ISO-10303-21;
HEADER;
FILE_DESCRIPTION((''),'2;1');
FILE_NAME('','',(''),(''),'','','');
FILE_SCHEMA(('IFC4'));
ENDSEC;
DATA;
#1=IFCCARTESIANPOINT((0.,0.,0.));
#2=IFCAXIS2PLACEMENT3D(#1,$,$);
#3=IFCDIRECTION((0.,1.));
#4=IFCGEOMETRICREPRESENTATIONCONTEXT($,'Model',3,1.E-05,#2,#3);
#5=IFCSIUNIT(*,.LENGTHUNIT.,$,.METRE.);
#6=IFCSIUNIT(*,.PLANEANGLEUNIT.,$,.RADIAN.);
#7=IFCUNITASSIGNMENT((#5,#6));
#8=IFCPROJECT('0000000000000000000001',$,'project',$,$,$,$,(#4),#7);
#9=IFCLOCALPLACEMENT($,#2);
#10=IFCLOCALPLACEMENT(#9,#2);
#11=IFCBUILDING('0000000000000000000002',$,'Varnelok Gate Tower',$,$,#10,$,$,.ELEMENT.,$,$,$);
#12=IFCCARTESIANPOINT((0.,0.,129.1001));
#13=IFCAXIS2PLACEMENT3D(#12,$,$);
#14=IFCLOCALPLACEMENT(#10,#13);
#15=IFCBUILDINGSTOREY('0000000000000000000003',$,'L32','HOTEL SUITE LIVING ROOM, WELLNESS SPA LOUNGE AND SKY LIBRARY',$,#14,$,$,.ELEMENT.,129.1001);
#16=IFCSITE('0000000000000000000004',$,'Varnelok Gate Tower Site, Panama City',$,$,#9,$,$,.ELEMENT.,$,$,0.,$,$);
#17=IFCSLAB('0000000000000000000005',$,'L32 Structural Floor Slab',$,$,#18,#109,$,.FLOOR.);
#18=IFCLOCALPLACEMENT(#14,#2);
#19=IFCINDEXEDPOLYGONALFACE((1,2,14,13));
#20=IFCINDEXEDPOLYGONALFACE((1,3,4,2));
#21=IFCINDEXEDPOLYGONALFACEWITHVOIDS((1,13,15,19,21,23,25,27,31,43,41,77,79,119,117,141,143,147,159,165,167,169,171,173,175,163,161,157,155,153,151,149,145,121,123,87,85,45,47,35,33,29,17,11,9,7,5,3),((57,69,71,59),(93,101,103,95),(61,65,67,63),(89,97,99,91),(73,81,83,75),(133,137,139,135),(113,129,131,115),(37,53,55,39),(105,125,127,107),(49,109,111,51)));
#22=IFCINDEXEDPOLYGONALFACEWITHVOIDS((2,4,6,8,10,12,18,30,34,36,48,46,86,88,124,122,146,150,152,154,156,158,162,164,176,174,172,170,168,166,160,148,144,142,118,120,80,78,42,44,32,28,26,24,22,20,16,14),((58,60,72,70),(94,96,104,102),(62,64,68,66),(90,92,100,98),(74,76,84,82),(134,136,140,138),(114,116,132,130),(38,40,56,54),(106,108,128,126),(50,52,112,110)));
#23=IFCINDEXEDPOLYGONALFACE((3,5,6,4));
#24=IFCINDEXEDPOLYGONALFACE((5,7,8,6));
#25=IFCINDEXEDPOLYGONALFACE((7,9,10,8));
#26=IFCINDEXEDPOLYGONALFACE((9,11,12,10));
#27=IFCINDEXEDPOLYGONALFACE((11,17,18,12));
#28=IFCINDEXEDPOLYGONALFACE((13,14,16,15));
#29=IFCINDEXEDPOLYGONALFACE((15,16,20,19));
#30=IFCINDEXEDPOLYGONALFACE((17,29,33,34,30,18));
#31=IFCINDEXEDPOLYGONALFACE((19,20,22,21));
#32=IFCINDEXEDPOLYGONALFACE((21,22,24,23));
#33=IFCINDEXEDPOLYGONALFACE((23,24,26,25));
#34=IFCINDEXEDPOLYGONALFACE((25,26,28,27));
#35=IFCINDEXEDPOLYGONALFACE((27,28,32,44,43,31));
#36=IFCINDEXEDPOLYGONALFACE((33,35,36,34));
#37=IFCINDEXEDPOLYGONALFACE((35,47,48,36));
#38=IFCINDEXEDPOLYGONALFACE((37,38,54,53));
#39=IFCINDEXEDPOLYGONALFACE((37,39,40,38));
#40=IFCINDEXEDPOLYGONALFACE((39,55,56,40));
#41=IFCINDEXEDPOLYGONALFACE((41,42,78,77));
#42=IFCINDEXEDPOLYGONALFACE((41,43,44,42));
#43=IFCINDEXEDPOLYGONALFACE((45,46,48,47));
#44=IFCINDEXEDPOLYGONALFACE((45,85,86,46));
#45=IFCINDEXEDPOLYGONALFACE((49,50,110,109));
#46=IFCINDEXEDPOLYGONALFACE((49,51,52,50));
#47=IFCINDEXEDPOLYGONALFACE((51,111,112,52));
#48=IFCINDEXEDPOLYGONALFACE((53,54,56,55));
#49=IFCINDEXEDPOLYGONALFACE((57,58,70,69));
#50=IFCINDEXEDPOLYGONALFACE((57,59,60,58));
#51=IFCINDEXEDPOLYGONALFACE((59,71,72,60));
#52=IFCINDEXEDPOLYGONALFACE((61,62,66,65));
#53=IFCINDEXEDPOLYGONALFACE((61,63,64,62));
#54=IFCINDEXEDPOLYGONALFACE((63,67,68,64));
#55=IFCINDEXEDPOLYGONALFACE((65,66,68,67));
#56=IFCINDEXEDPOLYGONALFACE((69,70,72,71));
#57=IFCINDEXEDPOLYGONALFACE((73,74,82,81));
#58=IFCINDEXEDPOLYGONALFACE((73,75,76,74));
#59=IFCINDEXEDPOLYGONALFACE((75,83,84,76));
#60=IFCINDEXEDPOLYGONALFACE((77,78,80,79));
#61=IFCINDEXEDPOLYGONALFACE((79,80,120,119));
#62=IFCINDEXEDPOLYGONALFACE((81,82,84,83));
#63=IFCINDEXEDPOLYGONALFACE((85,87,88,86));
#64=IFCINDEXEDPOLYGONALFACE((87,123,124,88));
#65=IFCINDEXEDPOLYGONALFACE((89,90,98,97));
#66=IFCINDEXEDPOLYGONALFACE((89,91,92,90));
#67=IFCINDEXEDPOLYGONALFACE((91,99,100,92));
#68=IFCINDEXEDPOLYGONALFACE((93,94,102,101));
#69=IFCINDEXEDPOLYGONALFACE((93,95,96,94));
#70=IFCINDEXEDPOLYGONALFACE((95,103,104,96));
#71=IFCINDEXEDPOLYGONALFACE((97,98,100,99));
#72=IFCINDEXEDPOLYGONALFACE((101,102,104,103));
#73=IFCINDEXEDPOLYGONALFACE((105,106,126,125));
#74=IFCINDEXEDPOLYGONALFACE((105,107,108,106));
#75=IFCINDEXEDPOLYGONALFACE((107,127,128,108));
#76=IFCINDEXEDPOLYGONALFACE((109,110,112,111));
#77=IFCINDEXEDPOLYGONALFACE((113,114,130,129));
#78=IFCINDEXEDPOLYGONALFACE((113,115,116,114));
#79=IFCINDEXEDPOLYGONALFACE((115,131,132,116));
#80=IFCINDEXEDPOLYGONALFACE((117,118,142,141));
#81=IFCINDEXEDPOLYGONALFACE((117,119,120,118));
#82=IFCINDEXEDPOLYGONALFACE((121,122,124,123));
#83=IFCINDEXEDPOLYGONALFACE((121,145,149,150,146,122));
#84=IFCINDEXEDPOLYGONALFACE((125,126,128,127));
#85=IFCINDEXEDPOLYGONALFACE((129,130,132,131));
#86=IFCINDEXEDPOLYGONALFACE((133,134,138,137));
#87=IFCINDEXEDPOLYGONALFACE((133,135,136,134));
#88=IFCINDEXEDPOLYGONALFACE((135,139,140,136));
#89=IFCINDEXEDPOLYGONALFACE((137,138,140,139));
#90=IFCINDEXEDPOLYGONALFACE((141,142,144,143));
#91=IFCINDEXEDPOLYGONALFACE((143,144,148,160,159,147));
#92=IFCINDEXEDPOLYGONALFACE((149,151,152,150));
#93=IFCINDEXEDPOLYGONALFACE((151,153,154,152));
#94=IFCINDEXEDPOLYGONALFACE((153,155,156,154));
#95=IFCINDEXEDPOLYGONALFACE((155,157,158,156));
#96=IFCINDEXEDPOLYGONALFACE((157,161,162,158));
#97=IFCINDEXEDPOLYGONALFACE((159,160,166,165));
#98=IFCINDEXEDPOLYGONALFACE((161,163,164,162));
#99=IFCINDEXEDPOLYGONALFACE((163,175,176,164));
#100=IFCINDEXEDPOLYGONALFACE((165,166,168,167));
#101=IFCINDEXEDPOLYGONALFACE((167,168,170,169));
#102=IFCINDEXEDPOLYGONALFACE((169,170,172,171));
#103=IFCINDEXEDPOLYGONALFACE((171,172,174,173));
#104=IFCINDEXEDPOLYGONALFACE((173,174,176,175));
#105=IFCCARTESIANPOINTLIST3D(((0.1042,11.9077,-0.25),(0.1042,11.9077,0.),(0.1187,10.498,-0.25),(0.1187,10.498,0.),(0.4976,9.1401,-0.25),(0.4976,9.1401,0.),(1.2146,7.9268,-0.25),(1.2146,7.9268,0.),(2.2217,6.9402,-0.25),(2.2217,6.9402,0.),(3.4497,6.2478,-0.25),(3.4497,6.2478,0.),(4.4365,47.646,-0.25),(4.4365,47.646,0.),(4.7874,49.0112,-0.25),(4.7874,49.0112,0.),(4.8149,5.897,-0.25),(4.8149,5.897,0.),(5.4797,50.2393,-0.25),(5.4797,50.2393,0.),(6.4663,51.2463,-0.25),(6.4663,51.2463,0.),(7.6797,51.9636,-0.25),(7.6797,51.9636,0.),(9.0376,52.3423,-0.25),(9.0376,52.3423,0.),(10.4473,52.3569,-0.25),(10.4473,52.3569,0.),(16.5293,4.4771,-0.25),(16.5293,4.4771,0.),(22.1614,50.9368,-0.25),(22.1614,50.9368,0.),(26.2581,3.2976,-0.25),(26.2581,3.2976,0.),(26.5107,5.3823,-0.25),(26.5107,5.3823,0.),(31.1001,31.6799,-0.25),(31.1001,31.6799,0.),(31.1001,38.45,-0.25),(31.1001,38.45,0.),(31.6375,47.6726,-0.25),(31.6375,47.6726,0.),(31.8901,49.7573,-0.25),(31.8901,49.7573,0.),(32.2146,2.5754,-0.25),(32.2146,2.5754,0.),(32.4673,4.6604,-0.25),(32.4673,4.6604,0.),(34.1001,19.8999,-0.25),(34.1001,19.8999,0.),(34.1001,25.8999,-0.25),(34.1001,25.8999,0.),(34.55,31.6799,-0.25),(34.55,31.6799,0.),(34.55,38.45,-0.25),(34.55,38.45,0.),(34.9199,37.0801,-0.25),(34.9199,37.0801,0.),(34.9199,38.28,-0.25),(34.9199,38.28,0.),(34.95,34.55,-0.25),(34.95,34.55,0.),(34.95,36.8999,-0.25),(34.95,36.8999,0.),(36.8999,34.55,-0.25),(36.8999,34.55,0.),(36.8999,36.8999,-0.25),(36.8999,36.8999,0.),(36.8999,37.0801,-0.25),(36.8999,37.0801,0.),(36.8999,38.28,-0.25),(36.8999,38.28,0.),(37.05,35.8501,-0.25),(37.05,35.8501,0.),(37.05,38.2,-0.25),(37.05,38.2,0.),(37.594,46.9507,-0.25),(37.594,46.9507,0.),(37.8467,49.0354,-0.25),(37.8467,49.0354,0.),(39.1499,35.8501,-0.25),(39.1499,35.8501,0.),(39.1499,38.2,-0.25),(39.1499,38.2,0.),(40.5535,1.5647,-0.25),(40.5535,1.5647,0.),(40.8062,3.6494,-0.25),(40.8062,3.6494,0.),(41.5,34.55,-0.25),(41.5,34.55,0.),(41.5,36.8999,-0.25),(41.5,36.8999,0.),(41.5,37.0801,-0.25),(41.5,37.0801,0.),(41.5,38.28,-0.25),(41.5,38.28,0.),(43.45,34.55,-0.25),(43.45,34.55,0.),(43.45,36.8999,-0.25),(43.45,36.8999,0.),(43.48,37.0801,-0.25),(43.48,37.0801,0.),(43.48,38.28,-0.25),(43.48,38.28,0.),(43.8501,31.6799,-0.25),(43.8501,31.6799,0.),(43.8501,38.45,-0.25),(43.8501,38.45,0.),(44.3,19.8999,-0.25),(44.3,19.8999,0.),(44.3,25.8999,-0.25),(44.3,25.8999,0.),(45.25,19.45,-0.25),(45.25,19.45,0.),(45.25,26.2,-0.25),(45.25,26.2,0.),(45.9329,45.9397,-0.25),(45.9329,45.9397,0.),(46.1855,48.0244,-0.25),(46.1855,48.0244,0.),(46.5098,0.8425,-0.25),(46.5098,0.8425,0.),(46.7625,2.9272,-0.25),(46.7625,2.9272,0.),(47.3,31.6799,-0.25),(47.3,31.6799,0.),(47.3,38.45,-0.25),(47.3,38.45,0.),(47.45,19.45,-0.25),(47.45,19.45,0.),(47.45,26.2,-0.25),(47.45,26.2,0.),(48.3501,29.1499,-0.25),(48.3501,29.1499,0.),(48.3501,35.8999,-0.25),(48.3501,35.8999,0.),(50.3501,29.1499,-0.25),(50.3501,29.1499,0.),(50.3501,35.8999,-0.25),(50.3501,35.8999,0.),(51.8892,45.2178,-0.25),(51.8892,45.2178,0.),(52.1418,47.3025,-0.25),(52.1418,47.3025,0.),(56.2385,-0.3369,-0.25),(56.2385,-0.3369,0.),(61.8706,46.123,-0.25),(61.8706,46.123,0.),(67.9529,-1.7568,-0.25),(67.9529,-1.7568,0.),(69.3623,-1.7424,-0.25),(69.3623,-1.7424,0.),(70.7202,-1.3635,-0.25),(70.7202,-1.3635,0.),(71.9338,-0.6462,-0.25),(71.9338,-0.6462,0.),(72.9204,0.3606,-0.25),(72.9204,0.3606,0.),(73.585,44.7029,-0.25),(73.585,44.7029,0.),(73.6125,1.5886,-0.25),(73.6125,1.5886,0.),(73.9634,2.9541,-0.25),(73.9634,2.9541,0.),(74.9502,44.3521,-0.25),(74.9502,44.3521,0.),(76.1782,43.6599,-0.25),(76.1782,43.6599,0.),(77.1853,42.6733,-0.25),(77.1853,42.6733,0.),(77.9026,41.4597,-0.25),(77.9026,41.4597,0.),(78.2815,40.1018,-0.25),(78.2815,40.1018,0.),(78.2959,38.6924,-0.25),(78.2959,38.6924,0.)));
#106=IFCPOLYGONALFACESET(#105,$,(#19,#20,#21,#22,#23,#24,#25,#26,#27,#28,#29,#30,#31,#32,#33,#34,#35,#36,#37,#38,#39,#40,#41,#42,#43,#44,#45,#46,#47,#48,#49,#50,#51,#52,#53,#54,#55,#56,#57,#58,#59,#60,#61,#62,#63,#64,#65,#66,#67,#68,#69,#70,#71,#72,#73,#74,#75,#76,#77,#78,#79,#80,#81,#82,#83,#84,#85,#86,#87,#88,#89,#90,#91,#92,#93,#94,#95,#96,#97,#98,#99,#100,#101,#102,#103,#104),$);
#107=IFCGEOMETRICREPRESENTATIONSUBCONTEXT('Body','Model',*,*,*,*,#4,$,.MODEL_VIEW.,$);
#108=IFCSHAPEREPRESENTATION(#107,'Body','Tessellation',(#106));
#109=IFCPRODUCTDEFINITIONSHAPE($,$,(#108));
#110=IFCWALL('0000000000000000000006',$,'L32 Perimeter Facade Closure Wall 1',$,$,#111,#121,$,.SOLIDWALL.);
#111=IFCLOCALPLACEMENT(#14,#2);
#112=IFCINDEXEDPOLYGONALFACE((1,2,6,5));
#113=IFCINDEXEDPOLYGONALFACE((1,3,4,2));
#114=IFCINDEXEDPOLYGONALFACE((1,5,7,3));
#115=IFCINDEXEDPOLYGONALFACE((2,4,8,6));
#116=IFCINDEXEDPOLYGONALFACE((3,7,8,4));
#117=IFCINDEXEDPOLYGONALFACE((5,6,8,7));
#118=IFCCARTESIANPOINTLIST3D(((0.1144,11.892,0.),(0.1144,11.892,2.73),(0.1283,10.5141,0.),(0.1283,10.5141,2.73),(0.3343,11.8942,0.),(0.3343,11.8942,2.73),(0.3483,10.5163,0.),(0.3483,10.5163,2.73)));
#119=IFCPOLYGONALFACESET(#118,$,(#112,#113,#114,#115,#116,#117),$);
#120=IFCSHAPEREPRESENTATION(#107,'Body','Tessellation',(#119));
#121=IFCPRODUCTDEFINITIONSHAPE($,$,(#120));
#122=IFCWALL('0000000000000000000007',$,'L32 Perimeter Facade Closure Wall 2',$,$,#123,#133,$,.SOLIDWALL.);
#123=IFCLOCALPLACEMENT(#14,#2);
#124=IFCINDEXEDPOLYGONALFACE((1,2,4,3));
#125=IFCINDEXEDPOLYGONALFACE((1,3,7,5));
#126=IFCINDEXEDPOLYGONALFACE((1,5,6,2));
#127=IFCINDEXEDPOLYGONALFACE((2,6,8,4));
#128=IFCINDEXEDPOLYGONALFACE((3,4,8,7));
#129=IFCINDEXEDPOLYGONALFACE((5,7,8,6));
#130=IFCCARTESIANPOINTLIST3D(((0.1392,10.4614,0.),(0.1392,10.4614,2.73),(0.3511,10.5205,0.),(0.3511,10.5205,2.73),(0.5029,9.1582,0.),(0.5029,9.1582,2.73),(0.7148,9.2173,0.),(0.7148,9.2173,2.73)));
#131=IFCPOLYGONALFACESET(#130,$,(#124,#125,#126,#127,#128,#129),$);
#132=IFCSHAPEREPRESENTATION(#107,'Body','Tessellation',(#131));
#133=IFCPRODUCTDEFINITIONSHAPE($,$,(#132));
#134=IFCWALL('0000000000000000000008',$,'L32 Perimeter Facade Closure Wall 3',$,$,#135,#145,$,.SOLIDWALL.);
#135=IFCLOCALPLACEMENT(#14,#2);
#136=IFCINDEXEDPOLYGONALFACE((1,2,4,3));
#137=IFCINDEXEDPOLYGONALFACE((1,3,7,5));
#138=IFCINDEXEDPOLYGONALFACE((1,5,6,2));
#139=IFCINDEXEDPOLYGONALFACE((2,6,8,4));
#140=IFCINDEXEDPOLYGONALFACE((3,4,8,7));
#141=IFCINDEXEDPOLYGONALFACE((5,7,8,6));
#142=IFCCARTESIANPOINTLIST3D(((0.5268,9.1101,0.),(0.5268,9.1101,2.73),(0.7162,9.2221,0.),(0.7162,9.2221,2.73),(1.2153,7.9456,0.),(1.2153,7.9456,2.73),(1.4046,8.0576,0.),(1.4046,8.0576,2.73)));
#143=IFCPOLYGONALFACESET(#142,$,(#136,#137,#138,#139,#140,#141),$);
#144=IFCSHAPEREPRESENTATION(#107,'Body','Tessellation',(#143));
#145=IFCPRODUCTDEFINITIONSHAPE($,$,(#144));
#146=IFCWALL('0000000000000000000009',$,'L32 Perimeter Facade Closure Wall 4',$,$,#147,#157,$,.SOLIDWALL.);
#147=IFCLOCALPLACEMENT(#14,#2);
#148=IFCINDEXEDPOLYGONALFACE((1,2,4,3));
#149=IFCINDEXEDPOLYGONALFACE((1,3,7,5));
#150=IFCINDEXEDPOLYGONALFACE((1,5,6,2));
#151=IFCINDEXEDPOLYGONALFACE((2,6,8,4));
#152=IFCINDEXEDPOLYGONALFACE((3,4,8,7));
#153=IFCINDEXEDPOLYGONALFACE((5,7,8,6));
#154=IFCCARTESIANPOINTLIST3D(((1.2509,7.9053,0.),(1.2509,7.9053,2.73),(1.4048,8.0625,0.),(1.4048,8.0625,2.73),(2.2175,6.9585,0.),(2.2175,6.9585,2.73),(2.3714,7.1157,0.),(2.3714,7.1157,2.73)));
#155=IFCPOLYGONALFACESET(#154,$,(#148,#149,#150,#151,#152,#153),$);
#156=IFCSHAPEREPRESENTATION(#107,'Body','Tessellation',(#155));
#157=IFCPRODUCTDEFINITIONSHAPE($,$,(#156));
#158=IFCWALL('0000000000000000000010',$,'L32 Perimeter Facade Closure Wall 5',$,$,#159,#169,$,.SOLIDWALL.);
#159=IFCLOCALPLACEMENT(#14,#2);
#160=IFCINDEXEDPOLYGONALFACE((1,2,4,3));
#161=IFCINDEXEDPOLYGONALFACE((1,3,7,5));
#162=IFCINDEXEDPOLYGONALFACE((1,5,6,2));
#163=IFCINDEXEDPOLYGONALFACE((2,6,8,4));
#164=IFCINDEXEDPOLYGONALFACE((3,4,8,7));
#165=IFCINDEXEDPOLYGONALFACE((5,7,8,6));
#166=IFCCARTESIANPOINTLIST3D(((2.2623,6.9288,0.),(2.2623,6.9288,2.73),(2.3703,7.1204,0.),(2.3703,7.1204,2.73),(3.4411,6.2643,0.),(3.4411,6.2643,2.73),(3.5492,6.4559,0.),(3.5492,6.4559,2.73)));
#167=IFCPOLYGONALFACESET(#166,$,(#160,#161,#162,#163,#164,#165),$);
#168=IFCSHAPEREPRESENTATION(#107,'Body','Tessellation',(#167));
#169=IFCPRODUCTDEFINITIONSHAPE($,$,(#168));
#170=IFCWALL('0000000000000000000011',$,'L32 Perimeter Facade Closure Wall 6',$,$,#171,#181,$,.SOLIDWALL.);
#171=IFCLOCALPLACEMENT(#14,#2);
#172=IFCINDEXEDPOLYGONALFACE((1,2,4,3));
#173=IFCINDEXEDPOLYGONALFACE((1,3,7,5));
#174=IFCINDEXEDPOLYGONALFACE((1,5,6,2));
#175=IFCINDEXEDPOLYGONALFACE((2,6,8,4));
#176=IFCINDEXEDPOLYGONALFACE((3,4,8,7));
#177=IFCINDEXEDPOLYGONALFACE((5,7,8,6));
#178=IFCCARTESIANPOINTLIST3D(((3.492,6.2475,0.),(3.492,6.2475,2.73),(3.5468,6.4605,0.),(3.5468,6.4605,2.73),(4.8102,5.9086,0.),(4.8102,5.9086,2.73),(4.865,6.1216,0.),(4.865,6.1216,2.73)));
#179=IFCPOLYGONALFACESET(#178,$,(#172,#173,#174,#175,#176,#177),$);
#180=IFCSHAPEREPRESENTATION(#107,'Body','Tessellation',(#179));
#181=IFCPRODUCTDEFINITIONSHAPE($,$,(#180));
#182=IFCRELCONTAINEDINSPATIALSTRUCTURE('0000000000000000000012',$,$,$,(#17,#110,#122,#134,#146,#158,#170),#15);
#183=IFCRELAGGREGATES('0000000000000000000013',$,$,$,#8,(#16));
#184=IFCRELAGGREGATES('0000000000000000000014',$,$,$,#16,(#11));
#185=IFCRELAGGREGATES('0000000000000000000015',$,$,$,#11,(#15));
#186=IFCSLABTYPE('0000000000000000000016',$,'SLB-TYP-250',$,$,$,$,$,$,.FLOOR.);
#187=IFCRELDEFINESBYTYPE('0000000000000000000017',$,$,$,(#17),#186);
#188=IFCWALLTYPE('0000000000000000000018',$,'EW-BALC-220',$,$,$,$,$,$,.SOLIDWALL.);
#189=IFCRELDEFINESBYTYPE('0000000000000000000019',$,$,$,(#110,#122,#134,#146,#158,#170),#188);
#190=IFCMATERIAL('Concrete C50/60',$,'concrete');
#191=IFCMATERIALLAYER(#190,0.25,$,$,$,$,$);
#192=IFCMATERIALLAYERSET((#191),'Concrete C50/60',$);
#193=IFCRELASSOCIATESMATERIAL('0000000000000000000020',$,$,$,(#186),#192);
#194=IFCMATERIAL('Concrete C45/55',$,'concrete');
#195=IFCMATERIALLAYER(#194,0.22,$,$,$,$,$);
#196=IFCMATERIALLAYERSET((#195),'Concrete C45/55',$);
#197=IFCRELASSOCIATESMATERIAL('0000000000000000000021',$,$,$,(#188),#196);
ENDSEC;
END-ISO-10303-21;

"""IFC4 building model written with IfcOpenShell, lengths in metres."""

from ifc_helpers import new_model, si_unit, direction, frame, frame_2d, origin, place, context, subcontext, project, spatial, polyline, rectangle, outline, extrude, material, layer, layer_set, type_object, element, save


model = new_model("IFC4")

# Units and contexts
model_context = context("Model", 3, precision=1e-05, world=origin(), true_north=direction((0.0, 1.0)))
body_context = subcontext(model_context, "Body", "Model", "MODEL_VIEW")
ifc_project = project(units=[si_unit("LENGTHUNIT", "METRE"), si_unit("PLANEANGLEUNIT", "RADIAN")], contexts=[model_context])

# Site, building, storey
site_placement = place(None, origin())
site = spatial("IfcSite", under=ifc_project, at=site_placement, Name="Varnelok Gate Tower Site, Panama City", CompositionType="ELEMENT", RefElevation=0.0)
building_placement = place(site_placement, origin())
building = spatial("IfcBuilding", under=site, at=building_placement, Name="Varnelok Gate Tower", CompositionType="ELEMENT")
storey_placement = place(building_placement, frame((0.0, 0.0, 129.1001)))
storey = spatial("IfcBuildingStorey", under=building, at=storey_placement, Name="L32", Description="HOTEL SUITE LIVING ROOM, WELLNESS SPA LOUNGE AND SKY LIBRARY", CompositionType="ELEMENT", Elevation=129.1001)

# Shared definitions
ifc_material_1 = material(Name="Concrete C45/55", Category="concrete")

# Shared definitions
ifc_material_2 = material(Name="Concrete C50/60", Category="concrete")

# Slab
ifc_layer_1 = layer(ifc_material_2, 0.25)
ifc_layer_set_1 = layer_set([ifc_layer_1], Name="Concrete C50/60")
slab_type_1 = type_object("IfcSlabType", Name="SLB-TYP-250", PredefinedType="FLOOR", material=ifc_layer_set_1)
slab_1_placement = place(storey_placement, frame((0.0, 0.0, -0.25)))
element("IfcSlab", 1, at=slab_1_placement, inside=storey, type_object=slab_type_1, Name="L32 Structural Floor Slab", PredefinedType="FLOOR", context=body_context, shape_type="SweptSolid", body=[
    extrude(outline(polyline([(0.1042, 11.9077), (0.1187, 10.498), (0.4976, 9.1401), (1.2146, 7.9268), (2.2217, 6.9402), (3.4497, 6.2478), (4.8149, 5.897), (16.5293, 4.4771), (26.2581, 3.2976), (26.5107, 5.3823), (32.4673, 4.6604), (32.2146, 2.5754), (40.5535, 1.5647), (40.8062, 3.6494), (46.7625, 2.9272), (46.5098, 0.8425), (56.2385, -0.3369), (67.9529, -1.7568), (69.3623, -1.7424), (70.7202, -1.3635), (71.9338, -0.6462), (72.9204, 0.3606), (73.6125, 1.5886), (73.9634, 2.9541), (78.2959, 38.6924), (78.2815, 40.1018), (77.9026, 41.4597), (77.1853, 42.6733), (76.1782, 43.6599), (74.9502, 44.3521), (73.585, 44.7029), (61.8706, 46.123), (52.1418, 47.3025), (51.8892, 45.2178), (45.9329, 45.9397), (46.1855, 48.0244), (37.8467, 49.0354), (37.594, 46.9507), (31.6375, 47.6726), (31.8901, 49.7573), (22.1614, 50.9368), (10.4473, 52.3569), (9.0376, 52.3423), (7.6797, 51.9636), (6.4663, 51.2463), (5.4797, 50.2393), (4.7874, 49.0112), (4.4365, 47.646), (0.1042, 11.9077)]), holes=[polyline([(34.55, 31.6799), (34.55, 38.45), (31.1001, 38.45), (31.1001, 31.6799), (34.55, 31.6799)]), polyline([(47.3, 31.6799), (47.3, 38.45), (43.8501, 38.45), (43.8501, 31.6799), (47.3, 31.6799)]), polyline([(34.95, 34.55), (36.8999, 34.55), (36.8999, 36.8999), (34.95, 36.8999), (34.95, 34.55)]), polyline([(41.5, 34.55), (43.45, 34.55), (43.45, 36.8999), (41.5, 36.8999), (41.5, 34.55)]), polyline([(37.05, 35.8501), (39.1499, 35.8501), (39.1499, 38.2), (37.05, 38.2), (37.05, 35.8501)]), polyline([(48.3501, 29.1499), (50.3501, 29.1499), (50.3501, 35.8999), (48.3501, 35.8999), (48.3501, 29.1499)]), polyline([(45.25, 19.45), (47.45, 19.45), (47.45, 26.2), (45.25, 26.2), (45.25, 19.45)]), polyline([(34.9199, 37.0801), (36.8999, 37.0801), (36.8999, 38.28), (34.9199, 38.28), (34.9199, 37.0801)]), polyline([(41.5, 37.0801), (43.48, 37.0801), (43.48, 38.28), (41.5, 38.28), (41.5, 37.0801)]), polyline([(34.1001, 19.8999), (44.3, 19.8999), (44.3, 25.8999), (34.1001, 25.8999), (34.1001, 19.8999)])]), origin(), (0.0, 0.0, 1.0), 0.25),
])

# Walls
ifc_layer_2 = layer(ifc_material_1, 0.22)
ifc_layer_set_2 = layer_set([ifc_layer_2], Name="Concrete C45/55")
wall_type_1 = type_object("IfcWallType", Name="EW-BALC-220", PredefinedType="SOLIDWALL", material=ifc_layer_set_2)
wall_1_placement = place(storey_placement, frame((0.2244, 11.8931, 0.0), z_axis=(0.0, 0.0, 1.0), x_axis=(0.010099, -0.999949, 0.0)))
element("IfcWall", 2, at=wall_1_placement, inside=storey, type_object=wall_type_1, Name="L32 Perimeter Facade Closure Wall 1", PredefinedType="SOLIDWALL", context=body_context, shape_type="SweptSolid", body=[
    extrude(rectangle(XDim=1.3779, YDim=0.22, at=frame_2d((0.689, 0.0))), origin(), (0.0, 0.0, 1.0), 2.73),
])
wall_2_placement = place(storey_placement, frame((0.2451, 10.491, 0.0), z_axis=(0.0, 0.0, 1.0), x_axis=(0.268853, -0.963181, 0.0)))
element("IfcWall", 3, at=wall_2_placement, inside=storey, type_object=wall_type_1, Name="L32 Perimeter Facade Closure Wall 2", PredefinedType="SOLIDWALL", context=body_context, shape_type="SweptSolid", body=[
    extrude(rectangle(XDim=1.353, YDim=0.22, at=frame_2d((0.6765, 0.0))), origin(), (0.0, 0.0, 1.0), 2.73),
])
wall_3_placement = place(storey_placement, frame((0.6216, 9.166, 0.0), z_axis=(0.0, 0.0, 1.0), x_axis=(0.508912, -0.860819, 0.0)))
element("IfcWall", 4, at=wall_3_placement, inside=storey, type_object=wall_type_1, Name="L32 Perimeter Facade Closure Wall 3", PredefinedType="SOLIDWALL", context=body_context, shape_type="SweptSolid", body=[
    extrude(rectangle(XDim=1.3528, YDim=0.22, at=frame_2d((0.6763, 0.0))), origin(), (0.0, 0.0, 1.0), 2.73),
])
wall_4_placement = place(storey_placement, frame((1.3279, 7.9839, 0.0), z_axis=(0.0, 0.0, 1.0), x_axis=(0.714377, -0.699761, 0.0)))
element("IfcWall", 5, at=wall_4_placement, inside=storey, type_object=wall_type_1, Name="L32 Perimeter Facade Closure Wall 4", PredefinedType="SOLIDWALL", context=body_context, shape_type="SweptSolid", body=[
    extrude(rectangle(XDim=1.353, YDim=0.22, at=frame_2d((0.6765, 0.0))), origin(), (0.0, 0.0, 1.0), 2.73),
])
wall_5_placement = place(storey_placement, frame((2.3162, 7.0247, 0.0), z_axis=(0.0, 0.0, 1.0), x_axis=(0.871137, -0.49104, 0.0)))
element("IfcWall", 6, at=wall_5_placement, inside=storey, type_object=wall_type_1, Name="L32 Perimeter Facade Closure Wall 5", PredefinedType="SOLIDWALL", context=body_context, shape_type="SweptSolid", body=[
    extrude(rectangle(XDim=1.3533, YDim=0.22, at=frame_2d((0.6768, 0.0))), origin(), (0.0, 0.0, 1.0), 2.73),
])
wall_6_placement = place(storey_placement, frame((3.5193, 6.354, 0.0), z_axis=(0.0, 0.0, 1.0), x_axis=(0.968507, -0.248988, 0.0)))
element("IfcWall", 7, at=wall_6_placement, inside=storey, type_object=wall_type_1, Name="L32 Perimeter Facade Closure Wall 6", PredefinedType="SOLIDWALL", context=body_context, shape_type="SweptSolid", body=[
    extrude(rectangle(XDim=1.3611, YDim=0.22, at=frame_2d((0.6807, 0.0))), origin(), (0.0, 0.0, 1.0), 2.73),
])

save(model, "model.ifc")
